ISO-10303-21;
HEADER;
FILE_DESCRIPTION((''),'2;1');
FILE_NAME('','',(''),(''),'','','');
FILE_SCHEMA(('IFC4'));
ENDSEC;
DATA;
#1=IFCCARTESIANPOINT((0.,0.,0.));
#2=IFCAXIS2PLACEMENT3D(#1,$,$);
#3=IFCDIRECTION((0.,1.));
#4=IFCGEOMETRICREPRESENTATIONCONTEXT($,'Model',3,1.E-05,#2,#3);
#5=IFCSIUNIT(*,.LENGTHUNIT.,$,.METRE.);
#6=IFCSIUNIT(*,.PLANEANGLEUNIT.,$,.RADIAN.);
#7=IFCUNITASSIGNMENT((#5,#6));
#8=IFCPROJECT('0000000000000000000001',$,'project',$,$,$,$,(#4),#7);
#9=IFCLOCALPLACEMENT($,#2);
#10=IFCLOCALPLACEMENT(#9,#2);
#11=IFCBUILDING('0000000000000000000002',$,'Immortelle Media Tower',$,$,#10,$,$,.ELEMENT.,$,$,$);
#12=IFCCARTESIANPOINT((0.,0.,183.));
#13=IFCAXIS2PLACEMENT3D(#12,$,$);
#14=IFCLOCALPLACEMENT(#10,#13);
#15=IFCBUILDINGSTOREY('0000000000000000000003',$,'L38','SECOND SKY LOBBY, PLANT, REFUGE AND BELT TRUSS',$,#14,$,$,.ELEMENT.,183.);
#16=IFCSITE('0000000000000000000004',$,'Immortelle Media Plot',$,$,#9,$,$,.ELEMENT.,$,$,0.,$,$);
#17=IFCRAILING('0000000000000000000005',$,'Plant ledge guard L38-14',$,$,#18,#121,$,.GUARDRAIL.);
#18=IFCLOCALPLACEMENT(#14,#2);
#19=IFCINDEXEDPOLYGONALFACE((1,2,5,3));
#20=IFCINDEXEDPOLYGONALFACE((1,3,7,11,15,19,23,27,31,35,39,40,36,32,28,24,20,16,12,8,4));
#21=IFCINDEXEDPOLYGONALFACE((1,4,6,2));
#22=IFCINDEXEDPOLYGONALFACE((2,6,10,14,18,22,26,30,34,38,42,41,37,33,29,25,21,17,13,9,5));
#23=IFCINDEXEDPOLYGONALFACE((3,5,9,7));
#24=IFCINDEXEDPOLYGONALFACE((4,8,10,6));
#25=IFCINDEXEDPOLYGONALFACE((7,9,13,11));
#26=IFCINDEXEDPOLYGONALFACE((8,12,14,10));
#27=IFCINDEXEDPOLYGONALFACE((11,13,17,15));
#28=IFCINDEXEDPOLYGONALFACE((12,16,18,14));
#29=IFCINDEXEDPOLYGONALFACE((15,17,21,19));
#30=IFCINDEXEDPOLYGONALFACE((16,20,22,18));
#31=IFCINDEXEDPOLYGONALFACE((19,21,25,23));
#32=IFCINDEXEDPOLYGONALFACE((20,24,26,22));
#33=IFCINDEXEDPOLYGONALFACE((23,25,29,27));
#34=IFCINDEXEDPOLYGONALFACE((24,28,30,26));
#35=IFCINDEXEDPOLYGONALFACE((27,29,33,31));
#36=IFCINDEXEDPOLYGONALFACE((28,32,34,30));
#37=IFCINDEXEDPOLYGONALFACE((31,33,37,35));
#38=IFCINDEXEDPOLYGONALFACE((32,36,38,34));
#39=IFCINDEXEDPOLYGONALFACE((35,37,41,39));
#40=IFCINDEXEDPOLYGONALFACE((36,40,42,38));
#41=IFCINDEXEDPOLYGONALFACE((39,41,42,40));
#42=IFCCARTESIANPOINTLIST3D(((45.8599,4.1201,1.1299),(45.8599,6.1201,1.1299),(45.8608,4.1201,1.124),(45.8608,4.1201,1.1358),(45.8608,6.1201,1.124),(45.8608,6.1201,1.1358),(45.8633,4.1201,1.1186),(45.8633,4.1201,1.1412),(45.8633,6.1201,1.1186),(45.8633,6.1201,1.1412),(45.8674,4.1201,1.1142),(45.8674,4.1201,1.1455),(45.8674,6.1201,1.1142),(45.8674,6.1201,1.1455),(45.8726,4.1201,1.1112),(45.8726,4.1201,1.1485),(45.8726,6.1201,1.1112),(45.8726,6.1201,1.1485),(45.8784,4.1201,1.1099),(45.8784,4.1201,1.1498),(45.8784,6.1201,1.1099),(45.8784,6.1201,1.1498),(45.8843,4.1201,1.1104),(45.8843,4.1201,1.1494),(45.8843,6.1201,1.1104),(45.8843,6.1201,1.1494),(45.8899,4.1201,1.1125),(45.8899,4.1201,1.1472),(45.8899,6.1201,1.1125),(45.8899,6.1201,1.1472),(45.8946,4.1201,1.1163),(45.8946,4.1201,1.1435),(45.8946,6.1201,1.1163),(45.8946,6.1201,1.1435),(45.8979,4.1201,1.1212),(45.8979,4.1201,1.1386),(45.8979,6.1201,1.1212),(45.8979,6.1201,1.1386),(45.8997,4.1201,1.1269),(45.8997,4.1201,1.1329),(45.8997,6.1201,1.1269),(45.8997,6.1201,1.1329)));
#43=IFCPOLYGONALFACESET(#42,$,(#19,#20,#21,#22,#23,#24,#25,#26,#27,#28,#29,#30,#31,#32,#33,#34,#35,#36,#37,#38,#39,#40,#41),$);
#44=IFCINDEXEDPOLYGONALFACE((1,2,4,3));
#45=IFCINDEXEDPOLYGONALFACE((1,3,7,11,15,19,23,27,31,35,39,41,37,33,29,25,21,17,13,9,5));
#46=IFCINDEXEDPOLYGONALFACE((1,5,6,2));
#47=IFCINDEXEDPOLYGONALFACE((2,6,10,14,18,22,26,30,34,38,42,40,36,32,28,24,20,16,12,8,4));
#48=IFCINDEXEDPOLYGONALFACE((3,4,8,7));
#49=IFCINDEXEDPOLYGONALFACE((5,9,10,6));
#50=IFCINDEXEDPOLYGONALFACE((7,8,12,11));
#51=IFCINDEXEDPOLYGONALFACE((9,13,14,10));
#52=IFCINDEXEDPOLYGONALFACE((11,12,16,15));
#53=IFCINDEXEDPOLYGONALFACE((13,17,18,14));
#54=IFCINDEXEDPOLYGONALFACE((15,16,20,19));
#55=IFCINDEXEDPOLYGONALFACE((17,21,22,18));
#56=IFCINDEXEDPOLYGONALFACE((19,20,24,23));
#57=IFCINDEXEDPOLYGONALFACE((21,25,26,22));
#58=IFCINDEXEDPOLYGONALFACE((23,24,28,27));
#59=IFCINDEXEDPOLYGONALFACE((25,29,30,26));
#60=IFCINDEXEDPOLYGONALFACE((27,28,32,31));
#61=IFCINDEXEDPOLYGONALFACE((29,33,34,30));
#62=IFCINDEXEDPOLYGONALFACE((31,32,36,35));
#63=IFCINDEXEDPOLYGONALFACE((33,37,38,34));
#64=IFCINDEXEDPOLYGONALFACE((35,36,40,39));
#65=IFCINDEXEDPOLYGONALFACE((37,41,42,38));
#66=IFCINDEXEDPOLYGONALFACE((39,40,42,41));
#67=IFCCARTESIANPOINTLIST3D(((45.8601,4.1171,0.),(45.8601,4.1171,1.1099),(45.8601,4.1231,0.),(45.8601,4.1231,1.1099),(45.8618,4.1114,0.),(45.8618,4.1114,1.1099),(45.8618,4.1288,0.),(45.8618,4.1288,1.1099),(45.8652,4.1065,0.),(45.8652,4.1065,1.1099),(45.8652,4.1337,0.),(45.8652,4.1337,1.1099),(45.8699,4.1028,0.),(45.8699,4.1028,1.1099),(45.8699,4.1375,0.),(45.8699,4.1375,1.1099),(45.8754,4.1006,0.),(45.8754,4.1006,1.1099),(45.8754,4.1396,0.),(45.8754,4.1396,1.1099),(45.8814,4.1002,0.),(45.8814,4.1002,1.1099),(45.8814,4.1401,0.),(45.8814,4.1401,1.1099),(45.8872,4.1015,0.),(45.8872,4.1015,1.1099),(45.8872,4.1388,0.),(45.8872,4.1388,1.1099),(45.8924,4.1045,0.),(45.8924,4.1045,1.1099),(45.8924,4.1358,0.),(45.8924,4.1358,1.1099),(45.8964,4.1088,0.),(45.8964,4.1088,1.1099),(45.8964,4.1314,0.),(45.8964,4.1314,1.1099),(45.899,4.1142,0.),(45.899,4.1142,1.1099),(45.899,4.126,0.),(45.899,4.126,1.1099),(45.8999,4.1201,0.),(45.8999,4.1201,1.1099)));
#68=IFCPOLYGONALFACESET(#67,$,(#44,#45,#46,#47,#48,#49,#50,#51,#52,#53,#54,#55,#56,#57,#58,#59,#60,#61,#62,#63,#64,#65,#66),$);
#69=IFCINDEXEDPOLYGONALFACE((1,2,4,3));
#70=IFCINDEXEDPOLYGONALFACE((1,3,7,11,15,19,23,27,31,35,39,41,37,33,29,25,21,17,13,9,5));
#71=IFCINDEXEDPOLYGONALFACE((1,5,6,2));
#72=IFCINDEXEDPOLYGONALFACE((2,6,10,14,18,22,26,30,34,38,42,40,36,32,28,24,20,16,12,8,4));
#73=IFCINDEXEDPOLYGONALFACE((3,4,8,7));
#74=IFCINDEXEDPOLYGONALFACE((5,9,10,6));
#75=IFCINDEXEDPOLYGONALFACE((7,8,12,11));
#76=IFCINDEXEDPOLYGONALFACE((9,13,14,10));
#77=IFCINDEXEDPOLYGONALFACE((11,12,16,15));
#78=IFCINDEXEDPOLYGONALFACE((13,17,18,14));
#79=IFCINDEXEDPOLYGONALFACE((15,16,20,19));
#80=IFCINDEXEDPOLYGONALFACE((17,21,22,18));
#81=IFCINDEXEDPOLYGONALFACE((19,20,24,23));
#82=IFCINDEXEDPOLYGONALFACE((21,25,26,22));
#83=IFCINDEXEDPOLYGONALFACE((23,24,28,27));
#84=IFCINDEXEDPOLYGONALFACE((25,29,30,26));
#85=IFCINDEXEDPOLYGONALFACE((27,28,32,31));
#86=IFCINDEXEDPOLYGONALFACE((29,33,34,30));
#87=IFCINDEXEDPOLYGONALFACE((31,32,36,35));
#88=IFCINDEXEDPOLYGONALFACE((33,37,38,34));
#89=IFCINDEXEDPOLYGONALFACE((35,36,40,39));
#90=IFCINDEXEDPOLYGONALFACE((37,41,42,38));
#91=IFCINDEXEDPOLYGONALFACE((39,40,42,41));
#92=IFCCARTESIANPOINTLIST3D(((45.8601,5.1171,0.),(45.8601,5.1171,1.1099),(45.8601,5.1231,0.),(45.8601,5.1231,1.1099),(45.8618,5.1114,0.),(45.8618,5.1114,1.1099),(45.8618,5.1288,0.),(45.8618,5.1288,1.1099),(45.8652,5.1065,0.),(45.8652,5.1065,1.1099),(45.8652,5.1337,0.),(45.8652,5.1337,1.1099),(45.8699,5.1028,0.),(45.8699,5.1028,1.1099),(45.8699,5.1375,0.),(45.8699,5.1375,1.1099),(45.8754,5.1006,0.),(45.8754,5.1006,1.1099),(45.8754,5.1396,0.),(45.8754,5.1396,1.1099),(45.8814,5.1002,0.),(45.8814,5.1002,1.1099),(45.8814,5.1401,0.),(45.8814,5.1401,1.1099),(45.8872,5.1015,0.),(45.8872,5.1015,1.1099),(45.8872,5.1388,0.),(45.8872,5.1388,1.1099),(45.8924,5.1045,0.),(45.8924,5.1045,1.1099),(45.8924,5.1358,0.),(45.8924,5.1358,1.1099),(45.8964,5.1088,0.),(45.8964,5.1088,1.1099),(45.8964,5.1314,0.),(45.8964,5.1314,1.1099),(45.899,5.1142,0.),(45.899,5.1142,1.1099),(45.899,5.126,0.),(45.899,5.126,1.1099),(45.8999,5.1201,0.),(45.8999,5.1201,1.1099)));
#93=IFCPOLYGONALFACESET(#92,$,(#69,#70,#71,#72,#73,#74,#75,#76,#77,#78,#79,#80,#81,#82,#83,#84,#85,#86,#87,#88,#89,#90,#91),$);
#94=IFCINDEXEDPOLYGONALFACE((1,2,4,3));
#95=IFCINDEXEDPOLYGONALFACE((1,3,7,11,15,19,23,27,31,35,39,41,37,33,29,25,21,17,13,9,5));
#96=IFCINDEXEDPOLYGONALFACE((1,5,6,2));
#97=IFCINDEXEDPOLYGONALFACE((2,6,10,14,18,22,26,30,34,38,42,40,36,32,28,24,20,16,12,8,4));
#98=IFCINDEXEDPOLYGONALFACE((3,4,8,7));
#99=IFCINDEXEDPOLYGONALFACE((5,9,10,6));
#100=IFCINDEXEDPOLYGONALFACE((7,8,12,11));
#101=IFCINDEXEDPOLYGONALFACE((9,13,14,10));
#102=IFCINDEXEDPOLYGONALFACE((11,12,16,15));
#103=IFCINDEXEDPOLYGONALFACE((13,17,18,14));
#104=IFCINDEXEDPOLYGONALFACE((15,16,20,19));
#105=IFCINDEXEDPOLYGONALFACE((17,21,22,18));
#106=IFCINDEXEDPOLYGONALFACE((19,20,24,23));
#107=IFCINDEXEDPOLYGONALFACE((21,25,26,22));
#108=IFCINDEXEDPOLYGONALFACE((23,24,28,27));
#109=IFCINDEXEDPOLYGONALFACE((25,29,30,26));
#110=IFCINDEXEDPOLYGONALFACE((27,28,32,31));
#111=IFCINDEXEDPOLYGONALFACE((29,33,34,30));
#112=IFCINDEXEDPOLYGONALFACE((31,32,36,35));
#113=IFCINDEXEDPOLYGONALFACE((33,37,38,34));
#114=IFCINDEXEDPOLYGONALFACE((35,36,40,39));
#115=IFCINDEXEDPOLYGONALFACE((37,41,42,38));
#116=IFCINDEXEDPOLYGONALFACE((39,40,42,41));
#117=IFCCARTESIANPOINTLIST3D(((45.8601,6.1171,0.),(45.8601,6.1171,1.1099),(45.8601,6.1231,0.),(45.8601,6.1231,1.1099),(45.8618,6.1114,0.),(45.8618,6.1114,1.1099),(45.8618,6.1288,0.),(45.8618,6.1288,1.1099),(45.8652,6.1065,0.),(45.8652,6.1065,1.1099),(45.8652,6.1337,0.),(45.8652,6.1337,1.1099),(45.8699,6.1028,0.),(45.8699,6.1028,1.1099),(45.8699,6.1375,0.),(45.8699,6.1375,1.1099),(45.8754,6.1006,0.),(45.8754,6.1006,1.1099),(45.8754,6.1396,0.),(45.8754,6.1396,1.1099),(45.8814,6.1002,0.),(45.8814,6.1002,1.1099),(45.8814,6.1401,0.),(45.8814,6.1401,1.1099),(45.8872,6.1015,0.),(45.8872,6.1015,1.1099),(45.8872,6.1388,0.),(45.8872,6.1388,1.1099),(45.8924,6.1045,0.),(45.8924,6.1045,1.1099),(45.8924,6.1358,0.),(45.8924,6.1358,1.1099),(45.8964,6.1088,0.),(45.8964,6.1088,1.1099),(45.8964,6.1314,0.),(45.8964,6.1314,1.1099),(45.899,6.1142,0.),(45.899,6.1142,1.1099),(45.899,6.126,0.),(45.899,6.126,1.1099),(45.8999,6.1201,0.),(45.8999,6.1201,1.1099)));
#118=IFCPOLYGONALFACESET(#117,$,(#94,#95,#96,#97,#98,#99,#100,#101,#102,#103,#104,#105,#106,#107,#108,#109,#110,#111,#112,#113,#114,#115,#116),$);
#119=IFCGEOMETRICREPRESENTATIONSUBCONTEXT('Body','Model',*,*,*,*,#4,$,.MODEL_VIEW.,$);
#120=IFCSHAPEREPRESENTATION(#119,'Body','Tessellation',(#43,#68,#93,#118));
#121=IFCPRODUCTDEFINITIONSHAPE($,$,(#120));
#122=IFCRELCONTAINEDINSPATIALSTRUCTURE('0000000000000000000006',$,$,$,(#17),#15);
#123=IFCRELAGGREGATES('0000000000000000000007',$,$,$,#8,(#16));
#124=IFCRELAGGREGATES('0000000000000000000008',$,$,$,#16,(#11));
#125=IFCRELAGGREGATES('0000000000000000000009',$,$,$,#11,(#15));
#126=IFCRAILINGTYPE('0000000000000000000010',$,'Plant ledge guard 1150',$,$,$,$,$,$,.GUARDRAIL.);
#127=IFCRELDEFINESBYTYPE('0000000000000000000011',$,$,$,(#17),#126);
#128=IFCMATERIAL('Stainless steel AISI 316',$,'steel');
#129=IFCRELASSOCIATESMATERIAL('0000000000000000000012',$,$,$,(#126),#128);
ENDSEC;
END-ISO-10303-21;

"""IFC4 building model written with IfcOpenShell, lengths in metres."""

from ifc_helpers import new_model, si_unit, direction, frame, origin, origin_2d, place, context, subcontext, project, spatial, circle, extrude, material, type_object, element, save


model = new_model("IFC4")

# Units and contexts
model_context = context("Model", 3, precision=1e-05, world=origin(), true_north=direction((0.0, 1.0)))
body_context = subcontext(model_context, "Body", "Model", "MODEL_VIEW")
ifc_project = project(units=[si_unit("LENGTHUNIT", "METRE"), si_unit("PLANEANGLEUNIT", "RADIAN")], contexts=[model_context])

# Site, building, storey
site_placement = place(None, origin())
site = spatial("IfcSite", under=ifc_project, at=site_placement, Name="Immortelle Media Plot", CompositionType="ELEMENT", RefElevation=0.0)
building_placement = place(site_placement, origin())
building = spatial("IfcBuilding", under=site, at=building_placement, Name="Immortelle Media Tower", CompositionType="ELEMENT")
storey_placement = place(building_placement, frame((0.0, 0.0, 183.0)))
storey = spatial("IfcBuildingStorey", under=building, at=storey_placement, Name="L38", Description="SECOND SKY LOBBY, PLANT, REFUGE AND BELT TRUSS", CompositionType="ELEMENT", Elevation=183.0)

# Railing
ifc_material_1 = material(Name="Stainless steel AISI 316", Category="steel")
railing_type = type_object("IfcRailingType", Name="Plant ledge guard 1150", PredefinedType="GUARDRAIL", material=ifc_material_1)
railing_1_placement = place(storey_placement, frame((45.8799, 4.1201, 0.0)))
element("IfcRailing", 1, at=railing_1_placement, inside=storey, type_object=railing_type, Name="Plant ledge guard L38-14", PredefinedType="GUARDRAIL", context=body_context, shape_type="SweptSolid", body=[
    extrude(circle(Radius=0.02, at=origin_2d()), frame((0.0, 0.0, 1.1299), z_axis=(0.0, 1.0, 0.0), x_axis=(-1.0, 0.0, 0.0)), (0.0, 0.0, 1.0), 2.0),
    extrude(circle(Radius=0.02, at=origin_2d()), origin(), (0.0, 0.0, 1.0), 1.1099),
    extrude(circle(Radius=0.02, at=origin_2d()), frame((0.0, 1.0, 0.0)), (0.0, 0.0, 1.0), 1.1099),
    extrude(circle(Radius=0.02, at=origin_2d()), frame((0.0, 2.0, 0.0)), (0.0, 0.0, 1.0), 1.1099),
])

save(model, "model.ifc")
